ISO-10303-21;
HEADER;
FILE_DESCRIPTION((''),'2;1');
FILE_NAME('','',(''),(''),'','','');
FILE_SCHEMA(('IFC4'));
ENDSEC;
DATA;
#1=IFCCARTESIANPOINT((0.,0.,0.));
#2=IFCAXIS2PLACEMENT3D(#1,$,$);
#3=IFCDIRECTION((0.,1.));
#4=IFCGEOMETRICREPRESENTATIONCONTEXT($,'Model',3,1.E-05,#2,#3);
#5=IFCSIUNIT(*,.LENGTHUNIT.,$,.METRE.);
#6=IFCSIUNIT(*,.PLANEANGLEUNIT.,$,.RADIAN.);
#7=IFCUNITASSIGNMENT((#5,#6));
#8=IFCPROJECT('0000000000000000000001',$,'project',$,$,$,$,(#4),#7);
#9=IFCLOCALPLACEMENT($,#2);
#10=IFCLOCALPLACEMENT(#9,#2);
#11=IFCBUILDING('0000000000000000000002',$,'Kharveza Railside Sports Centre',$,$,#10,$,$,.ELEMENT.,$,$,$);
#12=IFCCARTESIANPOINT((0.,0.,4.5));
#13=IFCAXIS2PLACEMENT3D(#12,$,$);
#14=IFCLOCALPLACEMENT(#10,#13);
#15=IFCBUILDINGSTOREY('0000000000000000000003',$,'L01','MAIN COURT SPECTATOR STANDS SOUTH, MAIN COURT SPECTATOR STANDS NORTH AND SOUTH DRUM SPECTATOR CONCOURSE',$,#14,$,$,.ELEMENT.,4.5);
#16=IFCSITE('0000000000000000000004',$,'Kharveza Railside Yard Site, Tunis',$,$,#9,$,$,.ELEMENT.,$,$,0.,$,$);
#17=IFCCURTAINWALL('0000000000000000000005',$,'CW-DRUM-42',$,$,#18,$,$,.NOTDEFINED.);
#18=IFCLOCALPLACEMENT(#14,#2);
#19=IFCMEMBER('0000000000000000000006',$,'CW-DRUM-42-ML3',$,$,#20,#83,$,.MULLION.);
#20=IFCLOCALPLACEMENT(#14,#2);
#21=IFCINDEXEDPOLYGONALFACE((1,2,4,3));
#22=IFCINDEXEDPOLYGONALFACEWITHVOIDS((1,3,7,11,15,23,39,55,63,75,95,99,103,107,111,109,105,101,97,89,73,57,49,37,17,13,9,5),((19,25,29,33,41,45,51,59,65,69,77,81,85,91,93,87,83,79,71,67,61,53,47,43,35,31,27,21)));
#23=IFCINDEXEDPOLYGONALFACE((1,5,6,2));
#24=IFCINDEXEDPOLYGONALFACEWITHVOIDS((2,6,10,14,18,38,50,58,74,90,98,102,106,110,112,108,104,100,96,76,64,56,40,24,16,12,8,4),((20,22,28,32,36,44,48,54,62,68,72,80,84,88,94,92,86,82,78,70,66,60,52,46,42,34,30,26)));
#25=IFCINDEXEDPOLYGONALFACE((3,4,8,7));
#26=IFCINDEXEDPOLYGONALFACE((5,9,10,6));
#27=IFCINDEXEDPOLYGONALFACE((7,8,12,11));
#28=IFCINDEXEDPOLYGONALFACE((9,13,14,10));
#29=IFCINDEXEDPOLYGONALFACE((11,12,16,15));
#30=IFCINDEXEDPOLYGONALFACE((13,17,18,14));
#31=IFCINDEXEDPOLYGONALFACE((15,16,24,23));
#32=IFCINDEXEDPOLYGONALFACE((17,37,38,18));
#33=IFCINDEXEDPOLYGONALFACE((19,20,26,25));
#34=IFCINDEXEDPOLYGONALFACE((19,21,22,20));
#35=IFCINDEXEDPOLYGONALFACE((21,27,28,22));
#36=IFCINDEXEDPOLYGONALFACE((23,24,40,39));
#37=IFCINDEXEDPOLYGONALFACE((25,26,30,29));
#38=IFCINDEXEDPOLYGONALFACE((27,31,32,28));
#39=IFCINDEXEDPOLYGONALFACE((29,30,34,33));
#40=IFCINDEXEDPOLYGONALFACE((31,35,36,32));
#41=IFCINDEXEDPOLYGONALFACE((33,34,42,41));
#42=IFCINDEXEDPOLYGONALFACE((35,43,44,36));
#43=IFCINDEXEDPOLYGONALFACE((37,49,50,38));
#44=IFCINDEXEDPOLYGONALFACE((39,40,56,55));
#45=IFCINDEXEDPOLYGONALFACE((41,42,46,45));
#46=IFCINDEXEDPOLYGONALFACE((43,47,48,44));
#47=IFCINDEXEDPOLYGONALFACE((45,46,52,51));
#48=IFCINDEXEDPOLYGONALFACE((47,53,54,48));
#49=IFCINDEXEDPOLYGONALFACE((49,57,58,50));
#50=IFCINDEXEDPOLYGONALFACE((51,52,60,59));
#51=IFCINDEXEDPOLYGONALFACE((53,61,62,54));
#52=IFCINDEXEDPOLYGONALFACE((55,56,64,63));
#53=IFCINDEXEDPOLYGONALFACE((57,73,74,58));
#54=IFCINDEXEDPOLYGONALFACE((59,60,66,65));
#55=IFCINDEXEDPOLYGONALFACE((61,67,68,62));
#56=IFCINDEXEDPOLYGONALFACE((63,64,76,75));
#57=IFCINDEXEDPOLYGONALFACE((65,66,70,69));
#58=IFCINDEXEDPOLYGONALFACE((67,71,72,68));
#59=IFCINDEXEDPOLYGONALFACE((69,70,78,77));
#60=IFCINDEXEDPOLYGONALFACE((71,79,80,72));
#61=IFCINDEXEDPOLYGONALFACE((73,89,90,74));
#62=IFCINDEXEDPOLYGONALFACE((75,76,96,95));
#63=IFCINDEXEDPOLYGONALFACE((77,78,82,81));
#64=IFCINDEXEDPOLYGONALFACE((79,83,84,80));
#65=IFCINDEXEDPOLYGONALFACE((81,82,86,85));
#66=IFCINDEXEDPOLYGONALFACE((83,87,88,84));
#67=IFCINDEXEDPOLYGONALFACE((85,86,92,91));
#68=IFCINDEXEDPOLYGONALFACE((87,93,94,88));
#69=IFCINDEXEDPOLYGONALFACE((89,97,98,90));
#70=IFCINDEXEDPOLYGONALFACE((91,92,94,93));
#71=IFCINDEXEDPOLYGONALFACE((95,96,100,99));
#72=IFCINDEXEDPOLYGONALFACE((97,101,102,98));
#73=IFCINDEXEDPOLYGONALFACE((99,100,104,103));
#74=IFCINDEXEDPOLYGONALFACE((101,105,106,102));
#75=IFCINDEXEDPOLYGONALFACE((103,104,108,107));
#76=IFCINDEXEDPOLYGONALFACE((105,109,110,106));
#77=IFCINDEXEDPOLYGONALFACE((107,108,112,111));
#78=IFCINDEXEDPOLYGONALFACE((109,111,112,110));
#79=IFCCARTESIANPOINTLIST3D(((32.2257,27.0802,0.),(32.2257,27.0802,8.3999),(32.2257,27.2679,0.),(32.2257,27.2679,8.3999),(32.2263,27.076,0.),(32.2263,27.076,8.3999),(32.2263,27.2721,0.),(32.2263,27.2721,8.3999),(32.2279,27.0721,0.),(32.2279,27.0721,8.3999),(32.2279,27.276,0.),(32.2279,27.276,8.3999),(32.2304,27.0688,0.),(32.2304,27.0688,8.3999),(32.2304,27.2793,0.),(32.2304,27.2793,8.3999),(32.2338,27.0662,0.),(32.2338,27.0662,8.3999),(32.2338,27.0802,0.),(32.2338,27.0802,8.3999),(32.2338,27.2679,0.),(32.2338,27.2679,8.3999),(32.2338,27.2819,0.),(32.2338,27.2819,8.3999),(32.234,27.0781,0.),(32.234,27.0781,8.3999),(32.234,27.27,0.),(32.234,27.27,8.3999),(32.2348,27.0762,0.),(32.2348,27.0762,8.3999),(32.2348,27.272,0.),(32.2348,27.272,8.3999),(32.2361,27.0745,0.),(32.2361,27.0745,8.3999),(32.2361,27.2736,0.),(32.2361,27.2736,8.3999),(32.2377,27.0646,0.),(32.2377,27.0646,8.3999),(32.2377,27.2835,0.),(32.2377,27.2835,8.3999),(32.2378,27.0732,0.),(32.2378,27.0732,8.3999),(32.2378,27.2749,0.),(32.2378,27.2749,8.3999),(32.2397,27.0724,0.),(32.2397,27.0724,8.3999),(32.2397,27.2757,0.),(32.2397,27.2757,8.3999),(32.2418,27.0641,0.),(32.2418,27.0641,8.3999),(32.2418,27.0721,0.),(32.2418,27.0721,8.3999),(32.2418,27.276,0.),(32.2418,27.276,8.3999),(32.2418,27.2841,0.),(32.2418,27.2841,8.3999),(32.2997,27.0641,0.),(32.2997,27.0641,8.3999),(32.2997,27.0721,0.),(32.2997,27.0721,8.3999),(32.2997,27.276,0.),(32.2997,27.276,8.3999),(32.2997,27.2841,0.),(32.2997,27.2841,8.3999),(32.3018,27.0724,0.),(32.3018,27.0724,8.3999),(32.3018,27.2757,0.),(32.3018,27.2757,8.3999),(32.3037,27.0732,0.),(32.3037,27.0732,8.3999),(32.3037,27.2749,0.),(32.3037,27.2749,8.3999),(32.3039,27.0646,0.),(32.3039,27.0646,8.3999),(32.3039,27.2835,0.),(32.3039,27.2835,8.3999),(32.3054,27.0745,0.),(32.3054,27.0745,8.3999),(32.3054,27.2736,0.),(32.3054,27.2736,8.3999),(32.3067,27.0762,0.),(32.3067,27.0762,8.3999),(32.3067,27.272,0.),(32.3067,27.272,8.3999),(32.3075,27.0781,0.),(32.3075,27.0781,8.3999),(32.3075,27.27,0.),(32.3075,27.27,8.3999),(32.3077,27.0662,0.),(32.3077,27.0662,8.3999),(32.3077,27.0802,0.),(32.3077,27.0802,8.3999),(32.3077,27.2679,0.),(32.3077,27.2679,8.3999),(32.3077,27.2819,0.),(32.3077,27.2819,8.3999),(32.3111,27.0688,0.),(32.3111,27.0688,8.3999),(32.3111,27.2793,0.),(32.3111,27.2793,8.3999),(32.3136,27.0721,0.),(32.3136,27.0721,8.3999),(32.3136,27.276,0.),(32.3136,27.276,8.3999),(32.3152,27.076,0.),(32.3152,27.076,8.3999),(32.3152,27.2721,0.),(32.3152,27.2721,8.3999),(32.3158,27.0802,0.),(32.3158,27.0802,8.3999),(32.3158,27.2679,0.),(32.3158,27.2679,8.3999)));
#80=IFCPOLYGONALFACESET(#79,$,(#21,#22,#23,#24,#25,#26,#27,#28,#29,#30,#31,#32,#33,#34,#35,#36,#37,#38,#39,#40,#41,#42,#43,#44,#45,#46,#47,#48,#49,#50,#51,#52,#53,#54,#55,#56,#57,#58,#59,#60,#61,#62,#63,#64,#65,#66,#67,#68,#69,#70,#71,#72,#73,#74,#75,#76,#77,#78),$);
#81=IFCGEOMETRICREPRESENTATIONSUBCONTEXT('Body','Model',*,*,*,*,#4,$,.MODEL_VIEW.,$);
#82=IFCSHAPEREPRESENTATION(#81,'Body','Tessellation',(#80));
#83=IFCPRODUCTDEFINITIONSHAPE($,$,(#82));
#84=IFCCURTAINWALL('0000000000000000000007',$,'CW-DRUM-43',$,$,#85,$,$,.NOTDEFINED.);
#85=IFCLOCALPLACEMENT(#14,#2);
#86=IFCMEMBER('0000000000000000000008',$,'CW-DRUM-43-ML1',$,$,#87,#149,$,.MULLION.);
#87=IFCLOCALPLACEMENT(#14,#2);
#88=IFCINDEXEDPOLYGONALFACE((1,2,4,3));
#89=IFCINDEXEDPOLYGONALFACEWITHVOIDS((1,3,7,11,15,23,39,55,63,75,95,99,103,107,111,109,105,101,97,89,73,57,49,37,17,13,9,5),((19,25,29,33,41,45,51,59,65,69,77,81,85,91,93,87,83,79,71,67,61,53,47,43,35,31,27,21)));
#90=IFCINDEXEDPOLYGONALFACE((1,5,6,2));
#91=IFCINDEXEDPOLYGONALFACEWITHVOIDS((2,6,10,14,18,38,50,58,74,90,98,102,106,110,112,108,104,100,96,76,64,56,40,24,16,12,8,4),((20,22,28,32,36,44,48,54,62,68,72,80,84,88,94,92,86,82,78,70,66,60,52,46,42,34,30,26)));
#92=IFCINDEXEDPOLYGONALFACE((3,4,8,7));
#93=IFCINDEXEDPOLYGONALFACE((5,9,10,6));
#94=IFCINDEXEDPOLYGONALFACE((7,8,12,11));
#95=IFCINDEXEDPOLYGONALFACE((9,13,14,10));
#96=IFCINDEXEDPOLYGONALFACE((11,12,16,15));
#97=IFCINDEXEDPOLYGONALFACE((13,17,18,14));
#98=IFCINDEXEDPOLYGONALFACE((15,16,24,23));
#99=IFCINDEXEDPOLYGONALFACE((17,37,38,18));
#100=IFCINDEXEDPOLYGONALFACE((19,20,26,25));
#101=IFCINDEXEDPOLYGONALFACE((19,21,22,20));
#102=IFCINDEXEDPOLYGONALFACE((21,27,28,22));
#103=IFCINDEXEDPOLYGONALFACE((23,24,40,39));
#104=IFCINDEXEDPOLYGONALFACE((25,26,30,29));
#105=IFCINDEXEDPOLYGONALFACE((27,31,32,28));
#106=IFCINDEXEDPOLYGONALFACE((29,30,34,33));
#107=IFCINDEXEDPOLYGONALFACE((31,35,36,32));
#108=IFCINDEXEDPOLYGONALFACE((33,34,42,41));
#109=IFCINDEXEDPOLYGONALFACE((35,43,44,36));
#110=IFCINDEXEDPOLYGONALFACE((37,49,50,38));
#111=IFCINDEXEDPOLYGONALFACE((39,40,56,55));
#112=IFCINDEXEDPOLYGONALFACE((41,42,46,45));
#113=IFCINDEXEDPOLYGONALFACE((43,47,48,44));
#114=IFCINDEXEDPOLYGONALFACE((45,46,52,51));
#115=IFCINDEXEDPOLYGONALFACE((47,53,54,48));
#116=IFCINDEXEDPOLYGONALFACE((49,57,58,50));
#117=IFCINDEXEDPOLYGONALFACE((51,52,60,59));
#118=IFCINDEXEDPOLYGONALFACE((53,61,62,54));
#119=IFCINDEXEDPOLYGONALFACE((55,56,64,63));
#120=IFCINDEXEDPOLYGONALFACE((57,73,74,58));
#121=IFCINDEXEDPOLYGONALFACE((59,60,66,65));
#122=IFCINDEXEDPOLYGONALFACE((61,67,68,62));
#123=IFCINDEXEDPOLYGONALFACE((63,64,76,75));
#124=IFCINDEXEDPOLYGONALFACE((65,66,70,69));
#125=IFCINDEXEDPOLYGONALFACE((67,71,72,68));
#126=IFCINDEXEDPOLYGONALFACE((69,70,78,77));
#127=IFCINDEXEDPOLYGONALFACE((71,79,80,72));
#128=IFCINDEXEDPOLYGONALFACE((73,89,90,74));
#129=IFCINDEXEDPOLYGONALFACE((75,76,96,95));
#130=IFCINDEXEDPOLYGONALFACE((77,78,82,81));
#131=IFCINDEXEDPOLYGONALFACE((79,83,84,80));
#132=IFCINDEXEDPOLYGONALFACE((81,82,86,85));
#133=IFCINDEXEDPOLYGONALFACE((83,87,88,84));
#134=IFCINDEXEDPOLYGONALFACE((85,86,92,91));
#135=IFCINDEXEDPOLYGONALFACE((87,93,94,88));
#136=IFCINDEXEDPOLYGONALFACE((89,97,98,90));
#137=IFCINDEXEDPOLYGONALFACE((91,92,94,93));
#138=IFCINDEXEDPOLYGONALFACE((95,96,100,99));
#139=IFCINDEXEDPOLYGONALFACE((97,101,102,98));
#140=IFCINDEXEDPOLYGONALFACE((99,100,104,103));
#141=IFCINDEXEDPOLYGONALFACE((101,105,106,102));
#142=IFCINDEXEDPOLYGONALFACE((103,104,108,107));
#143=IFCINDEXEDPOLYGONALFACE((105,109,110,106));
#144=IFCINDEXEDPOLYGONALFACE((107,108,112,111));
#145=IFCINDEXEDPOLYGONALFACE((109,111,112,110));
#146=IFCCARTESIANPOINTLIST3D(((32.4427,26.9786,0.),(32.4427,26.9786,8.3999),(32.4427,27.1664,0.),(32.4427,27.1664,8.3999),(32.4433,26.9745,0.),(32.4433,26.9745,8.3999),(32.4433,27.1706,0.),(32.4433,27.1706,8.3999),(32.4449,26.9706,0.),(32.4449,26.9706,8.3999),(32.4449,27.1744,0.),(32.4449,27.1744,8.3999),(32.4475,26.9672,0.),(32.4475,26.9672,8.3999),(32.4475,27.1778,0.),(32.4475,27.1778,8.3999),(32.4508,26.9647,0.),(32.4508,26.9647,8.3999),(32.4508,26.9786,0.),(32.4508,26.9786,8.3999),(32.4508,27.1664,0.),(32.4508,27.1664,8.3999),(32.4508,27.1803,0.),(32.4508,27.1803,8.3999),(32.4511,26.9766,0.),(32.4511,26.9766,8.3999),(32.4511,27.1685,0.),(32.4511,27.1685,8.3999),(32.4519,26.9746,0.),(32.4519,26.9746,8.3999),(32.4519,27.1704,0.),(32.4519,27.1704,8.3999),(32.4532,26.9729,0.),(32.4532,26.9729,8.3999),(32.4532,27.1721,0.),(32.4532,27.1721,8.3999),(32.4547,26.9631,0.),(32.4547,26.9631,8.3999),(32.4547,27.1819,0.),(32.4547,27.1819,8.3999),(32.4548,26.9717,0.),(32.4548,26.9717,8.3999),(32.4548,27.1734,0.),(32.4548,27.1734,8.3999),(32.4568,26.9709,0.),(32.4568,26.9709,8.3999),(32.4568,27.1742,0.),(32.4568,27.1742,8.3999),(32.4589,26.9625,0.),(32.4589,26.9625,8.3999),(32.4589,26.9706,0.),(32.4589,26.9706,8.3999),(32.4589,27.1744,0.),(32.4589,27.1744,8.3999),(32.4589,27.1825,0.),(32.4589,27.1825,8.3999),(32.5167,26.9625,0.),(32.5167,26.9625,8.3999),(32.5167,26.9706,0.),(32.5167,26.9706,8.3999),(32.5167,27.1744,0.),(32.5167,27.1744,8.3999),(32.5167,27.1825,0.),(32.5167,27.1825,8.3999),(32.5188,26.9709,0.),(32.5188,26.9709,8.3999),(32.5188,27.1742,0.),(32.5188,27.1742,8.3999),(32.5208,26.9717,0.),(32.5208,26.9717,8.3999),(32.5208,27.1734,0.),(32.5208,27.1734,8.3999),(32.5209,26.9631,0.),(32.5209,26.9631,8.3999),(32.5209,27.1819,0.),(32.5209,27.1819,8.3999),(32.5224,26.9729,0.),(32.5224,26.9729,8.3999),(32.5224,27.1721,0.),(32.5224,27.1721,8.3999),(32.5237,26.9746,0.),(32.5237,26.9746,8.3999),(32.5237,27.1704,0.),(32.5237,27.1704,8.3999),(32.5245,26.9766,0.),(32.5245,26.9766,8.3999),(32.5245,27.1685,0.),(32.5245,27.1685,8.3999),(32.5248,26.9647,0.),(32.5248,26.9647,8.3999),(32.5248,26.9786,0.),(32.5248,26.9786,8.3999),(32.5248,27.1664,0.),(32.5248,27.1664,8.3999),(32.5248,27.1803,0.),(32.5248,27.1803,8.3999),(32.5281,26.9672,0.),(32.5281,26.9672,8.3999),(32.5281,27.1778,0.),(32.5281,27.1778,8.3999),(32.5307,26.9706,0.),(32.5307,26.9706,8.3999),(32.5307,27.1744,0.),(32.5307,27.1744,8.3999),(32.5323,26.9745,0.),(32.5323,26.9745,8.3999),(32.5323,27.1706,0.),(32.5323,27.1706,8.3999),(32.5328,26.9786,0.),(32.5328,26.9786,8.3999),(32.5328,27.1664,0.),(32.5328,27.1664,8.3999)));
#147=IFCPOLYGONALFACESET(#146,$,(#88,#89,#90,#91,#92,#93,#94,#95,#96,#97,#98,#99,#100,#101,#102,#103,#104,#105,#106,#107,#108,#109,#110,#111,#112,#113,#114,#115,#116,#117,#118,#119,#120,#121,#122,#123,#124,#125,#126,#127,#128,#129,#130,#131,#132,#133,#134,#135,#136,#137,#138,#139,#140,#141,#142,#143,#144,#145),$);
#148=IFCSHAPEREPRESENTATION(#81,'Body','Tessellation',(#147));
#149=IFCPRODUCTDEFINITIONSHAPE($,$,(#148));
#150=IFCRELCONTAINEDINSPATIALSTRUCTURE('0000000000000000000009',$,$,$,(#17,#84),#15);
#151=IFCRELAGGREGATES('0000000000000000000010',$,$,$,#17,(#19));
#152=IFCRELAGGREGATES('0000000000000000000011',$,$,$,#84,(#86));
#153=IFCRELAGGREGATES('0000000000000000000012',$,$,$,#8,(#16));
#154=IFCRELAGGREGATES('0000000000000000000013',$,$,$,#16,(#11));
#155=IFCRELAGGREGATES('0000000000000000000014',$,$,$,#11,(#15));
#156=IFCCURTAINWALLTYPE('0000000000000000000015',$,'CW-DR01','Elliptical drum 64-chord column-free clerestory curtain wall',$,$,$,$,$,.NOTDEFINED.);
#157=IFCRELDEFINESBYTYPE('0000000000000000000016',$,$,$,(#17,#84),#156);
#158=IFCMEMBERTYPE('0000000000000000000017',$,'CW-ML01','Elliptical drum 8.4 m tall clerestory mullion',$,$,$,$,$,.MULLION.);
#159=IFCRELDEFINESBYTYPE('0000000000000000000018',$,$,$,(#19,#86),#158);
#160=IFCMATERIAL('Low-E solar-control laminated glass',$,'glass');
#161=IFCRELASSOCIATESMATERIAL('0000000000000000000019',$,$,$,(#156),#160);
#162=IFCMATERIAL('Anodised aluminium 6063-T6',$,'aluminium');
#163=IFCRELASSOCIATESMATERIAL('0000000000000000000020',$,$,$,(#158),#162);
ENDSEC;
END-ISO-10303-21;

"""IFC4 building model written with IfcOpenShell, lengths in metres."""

from ifc_helpers import new_model, si_unit, direction, frame, origin, origin_2d, place, context, subcontext, project, spatial, hollow_rectangle, extrude, material, material_profile, profile_set, type_object, element, aggregate, save


model = new_model("IFC4")

# Units and contexts
model_context = context("Model", 3, precision=1e-05, world=origin(), true_north=direction((0.0, 1.0)))
body_context = subcontext(model_context, "Body", "Model", "MODEL_VIEW")
ifc_project = project(units=[si_unit("LENGTHUNIT", "METRE"), si_unit("PLANEANGLEUNIT", "RADIAN")], contexts=[model_context])

# Site, building, storey
site_placement = place(None, origin())
site = spatial("IfcSite", under=ifc_project, at=site_placement, Name="Kharveza Railside Yard Site, Tunis", CompositionType="ELEMENT", RefElevation=0.0)
building_placement = place(site_placement, origin())
building = spatial("IfcBuilding", under=site, at=building_placement, Name="Kharveza Railside Sports Centre", CompositionType="ELEMENT")
storey_placement = place(building_placement, frame((0.0, 0.0, 4.5)))
storey = spatial("IfcBuildingStorey", under=building, at=storey_placement, Name="L01", Description="MAIN COURT SPECTATOR STANDS SOUTH, MAIN COURT SPECTATOR STANDS NORTH AND SOUTH DRUM SPECTATOR CONCOURSE", CompositionType="ELEMENT", Elevation=4.5)

# Curtain wall, member
ifc_material_1 = material(Name="Low-E solar-control laminated glass", Category="glass")
curtain_wall_type = type_object("IfcCurtainWallType", Name="CW-DR01", Description="Elliptical drum 64-chord column-free clerestory curtain wall", PredefinedType="NOTDEFINED", material=ifc_material_1)
curtain_wall_1_placement = place(storey_placement, origin())
curtain_wall_1 = element("IfcCurtainWall", 1, at=curtain_wall_1_placement, inside=storey, type_object=curtain_wall_type, Name="CW-DRUM-42", PredefinedType="NOTDEFINED")
ifc_material_2 = material(Name="Anodised aluminium 6063-T6", Category="aluminium")
ifc_material_profile_1 = material_profile(ifc_material_2, hollow_rectangle(XDim=0.0901, YDim=0.22, WallThickness=0.0081, InnerFilletRadius=0.0081, OuterFilletRadius=0.0161, at=origin_2d()), Name="RHS 90x220x8.0")
ifc_profile_set_1 = profile_set([ifc_material_profile_1], Name="Anodised aluminium 6063-T6")
member_type_1 = type_object("IfcMemberType", Name="CW-ML01", Description="Elliptical drum 8.4 m tall clerestory mullion", PredefinedType="MULLION", material=ifc_profile_set_1)
member_1_placement = place(storey_placement, frame((32.2708, 27.1741, 0.0), z_axis=(0.0, 0.0, 1.0), x_axis=(1.0, 0.0, 0.0)))
member_1 = element("IfcMember", 2, at=member_1_placement, type_object=member_type_1, Name="CW-DRUM-42-ML3", PredefinedType="MULLION", context=body_context, shape_type="SweptSolid", body=[
    extrude(hollow_rectangle(XDim=0.0901, YDim=0.22, WallThickness=0.0081, InnerFilletRadius=0.0081, OuterFilletRadius=0.0161, at=origin_2d()), origin(), (0.0, 0.0, 1.0), 8.3999),
])

# Curtain wall, member
curtain_wall_2_placement = place(storey_placement, origin())
curtain_wall_2 = element("IfcCurtainWall", 3, at=curtain_wall_2_placement, inside=storey, type_object=curtain_wall_type, Name="CW-DRUM-43", PredefinedType="NOTDEFINED")
member_2_placement = place(storey_placement, frame((32.4878, 27.0725, 0.0), z_axis=(0.0, 0.0, 1.0), x_axis=(1.0, 0.0, 0.0)))
member_2 = element("IfcMember", 4, at=member_2_placement, type_object=member_type_1, Name="CW-DRUM-43-ML1", PredefinedType="MULLION", context=body_context, shape_type="SweptSolid", body=[
    extrude(hollow_rectangle(XDim=0.0901, YDim=0.22, WallThickness=0.0081, InnerFilletRadius=0.0081, OuterFilletRadius=0.0161, at=origin_2d()), origin(), (0.0, 0.0, 1.0), 8.3999),
])

aggregate(curtain_wall_1, [member_1])
aggregate(curtain_wall_2, [member_2])

save(model, "model.ifc")
